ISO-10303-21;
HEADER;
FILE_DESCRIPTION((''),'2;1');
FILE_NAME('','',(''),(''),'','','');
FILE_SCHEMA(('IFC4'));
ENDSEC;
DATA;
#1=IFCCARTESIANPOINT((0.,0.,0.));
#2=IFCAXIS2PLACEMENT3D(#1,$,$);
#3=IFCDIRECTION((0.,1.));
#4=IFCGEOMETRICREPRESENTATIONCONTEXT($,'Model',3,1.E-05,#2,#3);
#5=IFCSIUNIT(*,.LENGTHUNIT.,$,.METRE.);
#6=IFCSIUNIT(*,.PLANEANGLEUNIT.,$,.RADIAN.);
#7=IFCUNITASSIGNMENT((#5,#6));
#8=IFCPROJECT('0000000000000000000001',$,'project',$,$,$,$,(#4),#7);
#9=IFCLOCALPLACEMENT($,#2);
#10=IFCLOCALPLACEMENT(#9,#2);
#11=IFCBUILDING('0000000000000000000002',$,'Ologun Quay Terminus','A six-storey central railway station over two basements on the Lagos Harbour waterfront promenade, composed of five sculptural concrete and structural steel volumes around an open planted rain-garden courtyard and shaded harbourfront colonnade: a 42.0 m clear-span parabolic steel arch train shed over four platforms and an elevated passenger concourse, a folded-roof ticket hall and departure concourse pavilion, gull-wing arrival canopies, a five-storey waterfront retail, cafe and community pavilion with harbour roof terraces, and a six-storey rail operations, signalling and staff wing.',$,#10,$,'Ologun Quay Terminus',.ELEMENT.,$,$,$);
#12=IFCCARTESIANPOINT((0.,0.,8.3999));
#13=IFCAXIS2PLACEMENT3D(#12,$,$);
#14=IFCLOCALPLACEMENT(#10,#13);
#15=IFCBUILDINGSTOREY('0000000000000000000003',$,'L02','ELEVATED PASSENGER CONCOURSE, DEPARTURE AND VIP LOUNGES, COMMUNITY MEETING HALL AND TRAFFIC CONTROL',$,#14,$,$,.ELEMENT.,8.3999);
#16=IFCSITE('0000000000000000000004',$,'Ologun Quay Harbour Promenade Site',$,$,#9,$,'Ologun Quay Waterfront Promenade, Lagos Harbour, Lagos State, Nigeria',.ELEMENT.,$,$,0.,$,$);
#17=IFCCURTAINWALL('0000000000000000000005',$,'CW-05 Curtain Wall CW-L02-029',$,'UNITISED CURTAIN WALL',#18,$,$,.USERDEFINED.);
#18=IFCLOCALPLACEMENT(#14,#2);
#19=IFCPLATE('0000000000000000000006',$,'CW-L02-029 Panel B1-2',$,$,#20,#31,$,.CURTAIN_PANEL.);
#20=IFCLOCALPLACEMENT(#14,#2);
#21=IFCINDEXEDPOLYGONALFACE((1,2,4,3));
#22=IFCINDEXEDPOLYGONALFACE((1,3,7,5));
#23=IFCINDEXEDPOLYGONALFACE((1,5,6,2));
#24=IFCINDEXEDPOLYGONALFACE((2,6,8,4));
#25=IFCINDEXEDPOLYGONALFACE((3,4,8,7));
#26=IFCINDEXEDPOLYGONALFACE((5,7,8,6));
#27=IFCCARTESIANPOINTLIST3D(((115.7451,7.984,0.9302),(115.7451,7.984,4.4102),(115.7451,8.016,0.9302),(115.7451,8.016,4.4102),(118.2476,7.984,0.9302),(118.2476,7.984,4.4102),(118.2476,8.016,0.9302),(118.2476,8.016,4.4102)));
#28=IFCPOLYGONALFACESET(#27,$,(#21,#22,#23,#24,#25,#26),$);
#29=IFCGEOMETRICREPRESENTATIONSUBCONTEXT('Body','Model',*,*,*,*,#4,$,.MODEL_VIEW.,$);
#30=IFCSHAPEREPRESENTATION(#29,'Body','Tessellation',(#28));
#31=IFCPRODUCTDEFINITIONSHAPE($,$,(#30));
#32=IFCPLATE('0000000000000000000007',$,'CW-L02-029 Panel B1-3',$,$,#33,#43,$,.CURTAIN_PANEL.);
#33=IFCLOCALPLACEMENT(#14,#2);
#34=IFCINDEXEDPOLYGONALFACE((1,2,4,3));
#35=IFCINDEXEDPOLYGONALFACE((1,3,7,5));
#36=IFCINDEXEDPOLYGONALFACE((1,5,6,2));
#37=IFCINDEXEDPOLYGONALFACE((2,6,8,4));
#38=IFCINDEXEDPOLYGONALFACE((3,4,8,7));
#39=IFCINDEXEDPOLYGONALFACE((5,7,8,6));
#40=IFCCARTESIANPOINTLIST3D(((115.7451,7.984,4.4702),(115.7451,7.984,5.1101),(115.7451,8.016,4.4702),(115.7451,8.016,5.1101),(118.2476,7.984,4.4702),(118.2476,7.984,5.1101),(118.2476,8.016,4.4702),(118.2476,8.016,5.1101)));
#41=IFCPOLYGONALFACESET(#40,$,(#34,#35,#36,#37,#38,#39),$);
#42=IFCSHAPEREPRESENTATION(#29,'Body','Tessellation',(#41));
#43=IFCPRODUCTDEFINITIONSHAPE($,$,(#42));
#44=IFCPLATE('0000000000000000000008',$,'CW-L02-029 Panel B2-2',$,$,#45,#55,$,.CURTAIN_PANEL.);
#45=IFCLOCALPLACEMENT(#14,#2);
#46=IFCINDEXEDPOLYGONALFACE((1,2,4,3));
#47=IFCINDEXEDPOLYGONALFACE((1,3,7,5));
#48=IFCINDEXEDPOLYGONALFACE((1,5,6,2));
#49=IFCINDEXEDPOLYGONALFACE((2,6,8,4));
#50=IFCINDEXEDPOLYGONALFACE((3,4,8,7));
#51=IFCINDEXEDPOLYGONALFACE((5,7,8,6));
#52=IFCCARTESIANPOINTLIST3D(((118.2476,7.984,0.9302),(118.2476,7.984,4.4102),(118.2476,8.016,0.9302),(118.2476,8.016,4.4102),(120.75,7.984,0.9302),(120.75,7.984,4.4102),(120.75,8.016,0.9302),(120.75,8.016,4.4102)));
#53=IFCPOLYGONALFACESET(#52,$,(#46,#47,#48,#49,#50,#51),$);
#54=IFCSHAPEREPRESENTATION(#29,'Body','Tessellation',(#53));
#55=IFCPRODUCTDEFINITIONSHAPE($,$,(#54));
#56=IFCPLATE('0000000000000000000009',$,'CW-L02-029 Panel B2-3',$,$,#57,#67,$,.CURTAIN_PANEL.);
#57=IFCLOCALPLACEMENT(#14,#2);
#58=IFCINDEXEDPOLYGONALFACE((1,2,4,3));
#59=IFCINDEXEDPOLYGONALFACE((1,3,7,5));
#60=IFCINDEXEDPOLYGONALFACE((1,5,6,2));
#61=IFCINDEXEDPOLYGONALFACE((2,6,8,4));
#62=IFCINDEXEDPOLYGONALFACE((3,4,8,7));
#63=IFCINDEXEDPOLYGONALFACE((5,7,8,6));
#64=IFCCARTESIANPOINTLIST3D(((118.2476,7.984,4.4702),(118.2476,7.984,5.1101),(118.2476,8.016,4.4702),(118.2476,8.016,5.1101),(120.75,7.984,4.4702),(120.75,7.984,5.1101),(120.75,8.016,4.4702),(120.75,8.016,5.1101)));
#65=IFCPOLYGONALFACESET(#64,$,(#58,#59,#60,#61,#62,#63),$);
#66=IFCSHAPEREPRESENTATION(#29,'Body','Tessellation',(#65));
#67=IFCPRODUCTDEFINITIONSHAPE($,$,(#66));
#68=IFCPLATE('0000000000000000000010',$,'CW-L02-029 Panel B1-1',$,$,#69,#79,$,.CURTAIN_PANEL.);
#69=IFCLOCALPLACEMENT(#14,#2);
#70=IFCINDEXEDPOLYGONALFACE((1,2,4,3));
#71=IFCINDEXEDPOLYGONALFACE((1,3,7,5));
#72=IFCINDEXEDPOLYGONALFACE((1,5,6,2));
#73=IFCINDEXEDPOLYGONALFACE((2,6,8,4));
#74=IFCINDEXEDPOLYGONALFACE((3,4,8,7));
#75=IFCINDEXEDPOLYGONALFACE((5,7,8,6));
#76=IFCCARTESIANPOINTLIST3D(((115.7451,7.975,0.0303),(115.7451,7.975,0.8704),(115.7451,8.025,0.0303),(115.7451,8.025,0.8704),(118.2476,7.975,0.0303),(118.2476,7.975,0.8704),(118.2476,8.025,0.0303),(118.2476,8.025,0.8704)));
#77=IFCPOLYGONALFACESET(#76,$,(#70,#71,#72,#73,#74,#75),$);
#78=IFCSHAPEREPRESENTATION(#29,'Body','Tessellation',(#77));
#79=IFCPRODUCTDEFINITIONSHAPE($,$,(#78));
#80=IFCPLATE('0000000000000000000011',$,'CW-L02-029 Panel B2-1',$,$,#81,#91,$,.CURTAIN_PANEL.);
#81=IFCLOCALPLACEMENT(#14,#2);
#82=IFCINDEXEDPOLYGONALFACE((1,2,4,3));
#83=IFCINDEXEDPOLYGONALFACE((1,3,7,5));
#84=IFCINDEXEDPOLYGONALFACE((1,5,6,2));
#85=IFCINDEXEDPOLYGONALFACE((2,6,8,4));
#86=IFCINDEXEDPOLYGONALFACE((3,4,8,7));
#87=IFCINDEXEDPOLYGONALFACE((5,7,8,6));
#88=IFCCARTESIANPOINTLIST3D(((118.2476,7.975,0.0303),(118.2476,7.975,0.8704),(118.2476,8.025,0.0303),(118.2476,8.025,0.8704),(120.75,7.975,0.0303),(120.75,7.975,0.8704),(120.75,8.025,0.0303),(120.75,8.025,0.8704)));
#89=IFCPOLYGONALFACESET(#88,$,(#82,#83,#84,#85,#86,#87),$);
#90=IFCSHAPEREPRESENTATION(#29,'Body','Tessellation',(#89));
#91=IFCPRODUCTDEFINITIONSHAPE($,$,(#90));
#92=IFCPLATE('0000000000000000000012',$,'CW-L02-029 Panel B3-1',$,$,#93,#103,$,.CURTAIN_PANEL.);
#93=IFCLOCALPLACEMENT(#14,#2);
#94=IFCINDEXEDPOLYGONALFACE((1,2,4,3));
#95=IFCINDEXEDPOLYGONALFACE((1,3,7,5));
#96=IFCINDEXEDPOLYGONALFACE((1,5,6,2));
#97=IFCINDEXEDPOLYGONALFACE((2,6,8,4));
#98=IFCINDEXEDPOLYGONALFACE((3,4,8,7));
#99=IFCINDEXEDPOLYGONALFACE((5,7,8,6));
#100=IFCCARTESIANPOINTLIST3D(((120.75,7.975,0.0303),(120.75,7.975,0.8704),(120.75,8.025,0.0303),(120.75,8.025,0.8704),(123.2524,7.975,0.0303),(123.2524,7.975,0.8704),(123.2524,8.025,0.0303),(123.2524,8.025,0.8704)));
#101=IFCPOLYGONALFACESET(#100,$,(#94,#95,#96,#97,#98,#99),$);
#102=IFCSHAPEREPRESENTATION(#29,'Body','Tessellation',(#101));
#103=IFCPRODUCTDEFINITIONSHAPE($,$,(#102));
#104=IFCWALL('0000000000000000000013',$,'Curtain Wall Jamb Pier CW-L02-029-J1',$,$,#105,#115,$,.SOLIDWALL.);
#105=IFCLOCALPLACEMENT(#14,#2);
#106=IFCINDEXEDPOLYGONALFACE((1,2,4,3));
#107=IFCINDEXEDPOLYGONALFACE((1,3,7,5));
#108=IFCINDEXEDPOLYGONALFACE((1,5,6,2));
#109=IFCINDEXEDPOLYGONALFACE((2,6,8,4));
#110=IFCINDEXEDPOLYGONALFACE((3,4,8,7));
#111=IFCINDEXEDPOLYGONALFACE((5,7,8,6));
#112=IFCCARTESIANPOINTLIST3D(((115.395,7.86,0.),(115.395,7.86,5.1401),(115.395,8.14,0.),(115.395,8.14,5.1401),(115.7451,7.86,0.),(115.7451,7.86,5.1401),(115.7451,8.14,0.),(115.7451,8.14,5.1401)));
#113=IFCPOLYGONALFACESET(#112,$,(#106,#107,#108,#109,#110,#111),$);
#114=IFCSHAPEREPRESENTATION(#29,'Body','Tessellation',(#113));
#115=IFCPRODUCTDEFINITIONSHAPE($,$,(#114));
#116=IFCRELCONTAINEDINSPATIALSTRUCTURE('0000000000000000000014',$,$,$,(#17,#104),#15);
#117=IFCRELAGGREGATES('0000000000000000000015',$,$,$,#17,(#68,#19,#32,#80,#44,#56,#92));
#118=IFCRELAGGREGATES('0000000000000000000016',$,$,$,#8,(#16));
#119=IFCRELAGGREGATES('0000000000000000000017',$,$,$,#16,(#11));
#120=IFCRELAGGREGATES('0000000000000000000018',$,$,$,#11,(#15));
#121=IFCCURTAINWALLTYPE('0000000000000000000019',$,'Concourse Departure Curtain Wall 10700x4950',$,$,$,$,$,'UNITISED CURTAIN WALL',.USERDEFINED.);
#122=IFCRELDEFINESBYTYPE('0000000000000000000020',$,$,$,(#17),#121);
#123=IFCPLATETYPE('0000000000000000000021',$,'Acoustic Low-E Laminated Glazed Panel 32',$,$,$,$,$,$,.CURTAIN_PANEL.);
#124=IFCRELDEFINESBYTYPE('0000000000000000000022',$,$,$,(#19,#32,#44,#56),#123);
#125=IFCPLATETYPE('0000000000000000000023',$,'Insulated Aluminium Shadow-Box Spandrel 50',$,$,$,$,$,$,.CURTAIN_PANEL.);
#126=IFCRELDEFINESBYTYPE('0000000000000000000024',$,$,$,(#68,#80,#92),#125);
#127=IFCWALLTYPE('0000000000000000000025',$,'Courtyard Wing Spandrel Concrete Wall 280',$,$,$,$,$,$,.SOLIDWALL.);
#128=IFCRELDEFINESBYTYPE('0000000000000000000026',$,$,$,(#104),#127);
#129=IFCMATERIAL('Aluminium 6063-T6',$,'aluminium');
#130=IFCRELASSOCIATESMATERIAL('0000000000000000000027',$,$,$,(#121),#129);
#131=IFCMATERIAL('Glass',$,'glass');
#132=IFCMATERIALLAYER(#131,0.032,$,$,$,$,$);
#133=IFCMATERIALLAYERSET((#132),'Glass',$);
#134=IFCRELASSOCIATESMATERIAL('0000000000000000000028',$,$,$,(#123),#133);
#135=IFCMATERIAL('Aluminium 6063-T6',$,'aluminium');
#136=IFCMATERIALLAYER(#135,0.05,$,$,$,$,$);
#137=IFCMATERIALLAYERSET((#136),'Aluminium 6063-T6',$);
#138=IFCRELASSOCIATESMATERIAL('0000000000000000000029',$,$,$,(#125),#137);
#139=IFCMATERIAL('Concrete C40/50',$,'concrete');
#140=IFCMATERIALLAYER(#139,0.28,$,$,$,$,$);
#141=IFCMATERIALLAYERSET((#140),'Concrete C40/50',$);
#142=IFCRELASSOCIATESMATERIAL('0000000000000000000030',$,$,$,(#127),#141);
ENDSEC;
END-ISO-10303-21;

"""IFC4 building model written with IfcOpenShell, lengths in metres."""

from ifc_helpers import new_model, si_unit, direction, frame, frame_2d, origin, origin_2d, place, context, subcontext, project, spatial, rectangle, extrude, material, layer, layer_set, type_object, element, aggregate, save


model = new_model("IFC4")

# Units and contexts
model_context = context("Model", 3, precision=1e-05, world=origin(), true_north=direction((0.0, 1.0)))
body_context = subcontext(model_context, "Body", "Model", "MODEL_VIEW")
ifc_project = project(units=[si_unit("LENGTHUNIT", "METRE"), si_unit("PLANEANGLEUNIT", "RADIAN")], contexts=[model_context])

# Site, building, storey
site_placement = place(None, origin())
site = spatial("IfcSite", under=ifc_project, at=site_placement, Name="Ologun Quay Harbour Promenade Site", LongName="Ologun Quay Waterfront Promenade, Lagos Harbour, Lagos State, Nigeria", CompositionType="ELEMENT", RefElevation=0.0)
building_placement = place(site_placement, origin())
building = spatial("IfcBuilding", under=site, at=building_placement, Name="Ologun Quay Terminus", Description="A six-storey central railway station over two basements on the Lagos Harbour waterfront promenade, composed of five sculptural concrete and structural steel volumes around an open planted rain-garden courtyard and shaded harbourfront colonnade: a 42.0 m clear-span parabolic steel arch train shed over four platforms and an elevated passenger concourse, a folded-roof ticket hall and departure concourse pavilion, gull-wing arrival canopies, a five-storey waterfront retail, cafe and community pavilion with harbour roof terraces, and a six-storey rail operations, signalling and staff wing.", LongName="Ologun Quay Terminus", CompositionType="ELEMENT")
storey_placement = place(building_placement, frame((0.0, 0.0, 8.3999)))
storey = spatial("IfcBuildingStorey", under=building, at=storey_placement, Name="L02", Description="ELEVATED PASSENGER CONCOURSE, DEPARTURE AND VIP LOUNGES, COMMUNITY MEETING HALL AND TRAFFIC CONTROL", CompositionType="ELEMENT", Elevation=8.3999)

# Curtain wall
ifc_material_1 = material(Name="Aluminium 6063-T6", Category="aluminium")
curtain_wall_type = type_object("IfcCurtainWallType", Name="Concourse Departure Curtain Wall 10700x4950", ElementType="UNITISED CURTAIN WALL", PredefinedType="USERDEFINED", material=ifc_material_1)
curtain_wall_placement = place(storey_placement, origin())
curtain_wall = element("IfcCurtainWall", 1, at=curtain_wall_placement, inside=storey, type_object=curtain_wall_type, Name="CW-05 Curtain Wall CW-L02-029", ObjectType="UNITISED CURTAIN WALL", PredefinedType="USERDEFINED")

# Plates
ifc_material_2 = material(Name="Glass", Category="glass")
ifc_layer_1 = layer(ifc_material_2, 0.032)
ifc_layer_set_1 = layer_set([ifc_layer_1], Name="Glass")
plate_type_1 = type_object("IfcPlateType", Name="Acoustic Low-E Laminated Glazed Panel 32", PredefinedType="CURTAIN_PANEL", material=ifc_layer_set_1)
plate_1_placement = place(storey_placement, frame((116.9963, 8.0, 0.9302), z_axis=(0.0, 0.0, 1.0), x_axis=(1.0, 0.0, 0.0)))
plate_1 = element("IfcPlate", 2, at=plate_1_placement, type_object=plate_type_1, Name="CW-L02-029 Panel B1-2", PredefinedType="CURTAIN_PANEL", context=body_context, shape_type="SweptSolid", body=[
    extrude(rectangle(XDim=2.5024, YDim=0.032, at=origin_2d()), origin(), (0.0, 0.0, 1.0), 3.48),
])
plate_2_placement = place(storey_placement, frame((116.9963, 8.0, 4.4702), z_axis=(0.0, 0.0, 1.0), x_axis=(1.0, 0.0, 0.0)))
plate_2 = element("IfcPlate", 3, at=plate_2_placement, type_object=plate_type_1, Name="CW-L02-029 Panel B1-3", PredefinedType="CURTAIN_PANEL", context=body_context, shape_type="SweptSolid", body=[
    extrude(rectangle(XDim=2.5024, YDim=0.032, at=origin_2d()), origin(), (0.0, 0.0, 1.0), 0.6399),
])
plate_3_placement = place(storey_placement, frame((119.4988, 8.0, 0.9302), z_axis=(0.0, 0.0, 1.0), x_axis=(1.0, 0.0, 0.0)))
plate_3 = element("IfcPlate", 4, at=plate_3_placement, type_object=plate_type_1, Name="CW-L02-029 Panel B2-2", PredefinedType="CURTAIN_PANEL", context=body_context, shape_type="SweptSolid", body=[
    extrude(rectangle(XDim=2.5024, YDim=0.032, at=origin_2d()), origin(), (0.0, 0.0, 1.0), 3.48),
])
plate_4_placement = place(storey_placement, frame((119.4988, 8.0, 4.4702), z_axis=(0.0, 0.0, 1.0), x_axis=(1.0, 0.0, 0.0)))
plate_4 = element("IfcPlate", 5, at=plate_4_placement, type_object=plate_type_1, Name="CW-L02-029 Panel B2-3", PredefinedType="CURTAIN_PANEL", context=body_context, shape_type="SweptSolid", body=[
    extrude(rectangle(XDim=2.5024, YDim=0.032, at=origin_2d()), origin(), (0.0, 0.0, 1.0), 0.6399),
])
ifc_material_3 = material(Name="Aluminium 6063-T6", Category="aluminium")
ifc_layer_2 = layer(ifc_material_3, 0.05)
ifc_layer_set_2 = layer_set([ifc_layer_2], Name="Aluminium 6063-T6")
plate_type_2 = type_object("IfcPlateType", Name="Insulated Aluminium Shadow-Box Spandrel 50", PredefinedType="CURTAIN_PANEL", material=ifc_layer_set_2)
plate_5_placement = place(storey_placement, frame((116.9963, 8.0, 0.0303), z_axis=(0.0, 0.0, 1.0), x_axis=(1.0, 0.0, 0.0)))
plate_5 = element("IfcPlate", 6, at=plate_5_placement, type_object=plate_type_2, Name="CW-L02-029 Panel B1-1", PredefinedType="CURTAIN_PANEL", context=body_context, shape_type="SweptSolid", body=[
    extrude(rectangle(XDim=2.5024, YDim=0.05, at=origin_2d()), origin(), (0.0, 0.0, 1.0), 0.8401),
])
plate_6_placement = place(storey_placement, frame((119.4988, 8.0, 0.0303), z_axis=(0.0, 0.0, 1.0), x_axis=(1.0, 0.0, 0.0)))
plate_6 = element("IfcPlate", 7, at=plate_6_placement, type_object=plate_type_2, Name="CW-L02-029 Panel B2-1", PredefinedType="CURTAIN_PANEL", context=body_context, shape_type="SweptSolid", body=[
    extrude(rectangle(XDim=2.5024, YDim=0.05, at=origin_2d()), origin(), (0.0, 0.0, 1.0), 0.8401),
])
plate_7_placement = place(storey_placement, frame((122.0012, 8.0, 0.0303), z_axis=(0.0, 0.0, 1.0), x_axis=(1.0, 0.0, 0.0)))
plate_7 = element("IfcPlate", 8, at=plate_7_placement, type_object=plate_type_2, Name="CW-L02-029 Panel B3-1", PredefinedType="CURTAIN_PANEL", context=body_context, shape_type="SweptSolid", body=[
    extrude(rectangle(XDim=2.5024, YDim=0.05, at=origin_2d()), origin(), (0.0, 0.0, 1.0), 0.8401),
])
aggregate(curtain_wall, [plate_5, plate_1, plate_2, plate_6, plate_3, plate_4, plate_7])

# Wall
ifc_material_4 = material(Name="Concrete C40/50", Category="concrete")
ifc_layer_3 = layer(ifc_material_4, 0.28)
ifc_layer_set_3 = layer_set([ifc_layer_3], Name="Concrete C40/50")
wall_type = type_object("IfcWallType", Name="Courtyard Wing Spandrel Concrete Wall 280", PredefinedType="SOLIDWALL", material=ifc_layer_set_3)
wall_placement = place(storey_placement, frame((115.395, 8.0, 0.0), z_axis=(0.0, 0.0, 1.0), x_axis=(1.0, 0.0, 0.0)))
element("IfcWall", 9, at=wall_placement, inside=storey, type_object=wall_type, Name="Curtain Wall Jamb Pier CW-L02-029-J1", PredefinedType="SOLIDWALL", context=body_context, shape_type="SweptSolid", body=[
    extrude(rectangle(XDim=0.3501, YDim=0.28, at=frame_2d((0.175, 0.0))), origin(), (0.0, 0.0, 1.0), 5.1401),
])

save(model, "model.ifc")
